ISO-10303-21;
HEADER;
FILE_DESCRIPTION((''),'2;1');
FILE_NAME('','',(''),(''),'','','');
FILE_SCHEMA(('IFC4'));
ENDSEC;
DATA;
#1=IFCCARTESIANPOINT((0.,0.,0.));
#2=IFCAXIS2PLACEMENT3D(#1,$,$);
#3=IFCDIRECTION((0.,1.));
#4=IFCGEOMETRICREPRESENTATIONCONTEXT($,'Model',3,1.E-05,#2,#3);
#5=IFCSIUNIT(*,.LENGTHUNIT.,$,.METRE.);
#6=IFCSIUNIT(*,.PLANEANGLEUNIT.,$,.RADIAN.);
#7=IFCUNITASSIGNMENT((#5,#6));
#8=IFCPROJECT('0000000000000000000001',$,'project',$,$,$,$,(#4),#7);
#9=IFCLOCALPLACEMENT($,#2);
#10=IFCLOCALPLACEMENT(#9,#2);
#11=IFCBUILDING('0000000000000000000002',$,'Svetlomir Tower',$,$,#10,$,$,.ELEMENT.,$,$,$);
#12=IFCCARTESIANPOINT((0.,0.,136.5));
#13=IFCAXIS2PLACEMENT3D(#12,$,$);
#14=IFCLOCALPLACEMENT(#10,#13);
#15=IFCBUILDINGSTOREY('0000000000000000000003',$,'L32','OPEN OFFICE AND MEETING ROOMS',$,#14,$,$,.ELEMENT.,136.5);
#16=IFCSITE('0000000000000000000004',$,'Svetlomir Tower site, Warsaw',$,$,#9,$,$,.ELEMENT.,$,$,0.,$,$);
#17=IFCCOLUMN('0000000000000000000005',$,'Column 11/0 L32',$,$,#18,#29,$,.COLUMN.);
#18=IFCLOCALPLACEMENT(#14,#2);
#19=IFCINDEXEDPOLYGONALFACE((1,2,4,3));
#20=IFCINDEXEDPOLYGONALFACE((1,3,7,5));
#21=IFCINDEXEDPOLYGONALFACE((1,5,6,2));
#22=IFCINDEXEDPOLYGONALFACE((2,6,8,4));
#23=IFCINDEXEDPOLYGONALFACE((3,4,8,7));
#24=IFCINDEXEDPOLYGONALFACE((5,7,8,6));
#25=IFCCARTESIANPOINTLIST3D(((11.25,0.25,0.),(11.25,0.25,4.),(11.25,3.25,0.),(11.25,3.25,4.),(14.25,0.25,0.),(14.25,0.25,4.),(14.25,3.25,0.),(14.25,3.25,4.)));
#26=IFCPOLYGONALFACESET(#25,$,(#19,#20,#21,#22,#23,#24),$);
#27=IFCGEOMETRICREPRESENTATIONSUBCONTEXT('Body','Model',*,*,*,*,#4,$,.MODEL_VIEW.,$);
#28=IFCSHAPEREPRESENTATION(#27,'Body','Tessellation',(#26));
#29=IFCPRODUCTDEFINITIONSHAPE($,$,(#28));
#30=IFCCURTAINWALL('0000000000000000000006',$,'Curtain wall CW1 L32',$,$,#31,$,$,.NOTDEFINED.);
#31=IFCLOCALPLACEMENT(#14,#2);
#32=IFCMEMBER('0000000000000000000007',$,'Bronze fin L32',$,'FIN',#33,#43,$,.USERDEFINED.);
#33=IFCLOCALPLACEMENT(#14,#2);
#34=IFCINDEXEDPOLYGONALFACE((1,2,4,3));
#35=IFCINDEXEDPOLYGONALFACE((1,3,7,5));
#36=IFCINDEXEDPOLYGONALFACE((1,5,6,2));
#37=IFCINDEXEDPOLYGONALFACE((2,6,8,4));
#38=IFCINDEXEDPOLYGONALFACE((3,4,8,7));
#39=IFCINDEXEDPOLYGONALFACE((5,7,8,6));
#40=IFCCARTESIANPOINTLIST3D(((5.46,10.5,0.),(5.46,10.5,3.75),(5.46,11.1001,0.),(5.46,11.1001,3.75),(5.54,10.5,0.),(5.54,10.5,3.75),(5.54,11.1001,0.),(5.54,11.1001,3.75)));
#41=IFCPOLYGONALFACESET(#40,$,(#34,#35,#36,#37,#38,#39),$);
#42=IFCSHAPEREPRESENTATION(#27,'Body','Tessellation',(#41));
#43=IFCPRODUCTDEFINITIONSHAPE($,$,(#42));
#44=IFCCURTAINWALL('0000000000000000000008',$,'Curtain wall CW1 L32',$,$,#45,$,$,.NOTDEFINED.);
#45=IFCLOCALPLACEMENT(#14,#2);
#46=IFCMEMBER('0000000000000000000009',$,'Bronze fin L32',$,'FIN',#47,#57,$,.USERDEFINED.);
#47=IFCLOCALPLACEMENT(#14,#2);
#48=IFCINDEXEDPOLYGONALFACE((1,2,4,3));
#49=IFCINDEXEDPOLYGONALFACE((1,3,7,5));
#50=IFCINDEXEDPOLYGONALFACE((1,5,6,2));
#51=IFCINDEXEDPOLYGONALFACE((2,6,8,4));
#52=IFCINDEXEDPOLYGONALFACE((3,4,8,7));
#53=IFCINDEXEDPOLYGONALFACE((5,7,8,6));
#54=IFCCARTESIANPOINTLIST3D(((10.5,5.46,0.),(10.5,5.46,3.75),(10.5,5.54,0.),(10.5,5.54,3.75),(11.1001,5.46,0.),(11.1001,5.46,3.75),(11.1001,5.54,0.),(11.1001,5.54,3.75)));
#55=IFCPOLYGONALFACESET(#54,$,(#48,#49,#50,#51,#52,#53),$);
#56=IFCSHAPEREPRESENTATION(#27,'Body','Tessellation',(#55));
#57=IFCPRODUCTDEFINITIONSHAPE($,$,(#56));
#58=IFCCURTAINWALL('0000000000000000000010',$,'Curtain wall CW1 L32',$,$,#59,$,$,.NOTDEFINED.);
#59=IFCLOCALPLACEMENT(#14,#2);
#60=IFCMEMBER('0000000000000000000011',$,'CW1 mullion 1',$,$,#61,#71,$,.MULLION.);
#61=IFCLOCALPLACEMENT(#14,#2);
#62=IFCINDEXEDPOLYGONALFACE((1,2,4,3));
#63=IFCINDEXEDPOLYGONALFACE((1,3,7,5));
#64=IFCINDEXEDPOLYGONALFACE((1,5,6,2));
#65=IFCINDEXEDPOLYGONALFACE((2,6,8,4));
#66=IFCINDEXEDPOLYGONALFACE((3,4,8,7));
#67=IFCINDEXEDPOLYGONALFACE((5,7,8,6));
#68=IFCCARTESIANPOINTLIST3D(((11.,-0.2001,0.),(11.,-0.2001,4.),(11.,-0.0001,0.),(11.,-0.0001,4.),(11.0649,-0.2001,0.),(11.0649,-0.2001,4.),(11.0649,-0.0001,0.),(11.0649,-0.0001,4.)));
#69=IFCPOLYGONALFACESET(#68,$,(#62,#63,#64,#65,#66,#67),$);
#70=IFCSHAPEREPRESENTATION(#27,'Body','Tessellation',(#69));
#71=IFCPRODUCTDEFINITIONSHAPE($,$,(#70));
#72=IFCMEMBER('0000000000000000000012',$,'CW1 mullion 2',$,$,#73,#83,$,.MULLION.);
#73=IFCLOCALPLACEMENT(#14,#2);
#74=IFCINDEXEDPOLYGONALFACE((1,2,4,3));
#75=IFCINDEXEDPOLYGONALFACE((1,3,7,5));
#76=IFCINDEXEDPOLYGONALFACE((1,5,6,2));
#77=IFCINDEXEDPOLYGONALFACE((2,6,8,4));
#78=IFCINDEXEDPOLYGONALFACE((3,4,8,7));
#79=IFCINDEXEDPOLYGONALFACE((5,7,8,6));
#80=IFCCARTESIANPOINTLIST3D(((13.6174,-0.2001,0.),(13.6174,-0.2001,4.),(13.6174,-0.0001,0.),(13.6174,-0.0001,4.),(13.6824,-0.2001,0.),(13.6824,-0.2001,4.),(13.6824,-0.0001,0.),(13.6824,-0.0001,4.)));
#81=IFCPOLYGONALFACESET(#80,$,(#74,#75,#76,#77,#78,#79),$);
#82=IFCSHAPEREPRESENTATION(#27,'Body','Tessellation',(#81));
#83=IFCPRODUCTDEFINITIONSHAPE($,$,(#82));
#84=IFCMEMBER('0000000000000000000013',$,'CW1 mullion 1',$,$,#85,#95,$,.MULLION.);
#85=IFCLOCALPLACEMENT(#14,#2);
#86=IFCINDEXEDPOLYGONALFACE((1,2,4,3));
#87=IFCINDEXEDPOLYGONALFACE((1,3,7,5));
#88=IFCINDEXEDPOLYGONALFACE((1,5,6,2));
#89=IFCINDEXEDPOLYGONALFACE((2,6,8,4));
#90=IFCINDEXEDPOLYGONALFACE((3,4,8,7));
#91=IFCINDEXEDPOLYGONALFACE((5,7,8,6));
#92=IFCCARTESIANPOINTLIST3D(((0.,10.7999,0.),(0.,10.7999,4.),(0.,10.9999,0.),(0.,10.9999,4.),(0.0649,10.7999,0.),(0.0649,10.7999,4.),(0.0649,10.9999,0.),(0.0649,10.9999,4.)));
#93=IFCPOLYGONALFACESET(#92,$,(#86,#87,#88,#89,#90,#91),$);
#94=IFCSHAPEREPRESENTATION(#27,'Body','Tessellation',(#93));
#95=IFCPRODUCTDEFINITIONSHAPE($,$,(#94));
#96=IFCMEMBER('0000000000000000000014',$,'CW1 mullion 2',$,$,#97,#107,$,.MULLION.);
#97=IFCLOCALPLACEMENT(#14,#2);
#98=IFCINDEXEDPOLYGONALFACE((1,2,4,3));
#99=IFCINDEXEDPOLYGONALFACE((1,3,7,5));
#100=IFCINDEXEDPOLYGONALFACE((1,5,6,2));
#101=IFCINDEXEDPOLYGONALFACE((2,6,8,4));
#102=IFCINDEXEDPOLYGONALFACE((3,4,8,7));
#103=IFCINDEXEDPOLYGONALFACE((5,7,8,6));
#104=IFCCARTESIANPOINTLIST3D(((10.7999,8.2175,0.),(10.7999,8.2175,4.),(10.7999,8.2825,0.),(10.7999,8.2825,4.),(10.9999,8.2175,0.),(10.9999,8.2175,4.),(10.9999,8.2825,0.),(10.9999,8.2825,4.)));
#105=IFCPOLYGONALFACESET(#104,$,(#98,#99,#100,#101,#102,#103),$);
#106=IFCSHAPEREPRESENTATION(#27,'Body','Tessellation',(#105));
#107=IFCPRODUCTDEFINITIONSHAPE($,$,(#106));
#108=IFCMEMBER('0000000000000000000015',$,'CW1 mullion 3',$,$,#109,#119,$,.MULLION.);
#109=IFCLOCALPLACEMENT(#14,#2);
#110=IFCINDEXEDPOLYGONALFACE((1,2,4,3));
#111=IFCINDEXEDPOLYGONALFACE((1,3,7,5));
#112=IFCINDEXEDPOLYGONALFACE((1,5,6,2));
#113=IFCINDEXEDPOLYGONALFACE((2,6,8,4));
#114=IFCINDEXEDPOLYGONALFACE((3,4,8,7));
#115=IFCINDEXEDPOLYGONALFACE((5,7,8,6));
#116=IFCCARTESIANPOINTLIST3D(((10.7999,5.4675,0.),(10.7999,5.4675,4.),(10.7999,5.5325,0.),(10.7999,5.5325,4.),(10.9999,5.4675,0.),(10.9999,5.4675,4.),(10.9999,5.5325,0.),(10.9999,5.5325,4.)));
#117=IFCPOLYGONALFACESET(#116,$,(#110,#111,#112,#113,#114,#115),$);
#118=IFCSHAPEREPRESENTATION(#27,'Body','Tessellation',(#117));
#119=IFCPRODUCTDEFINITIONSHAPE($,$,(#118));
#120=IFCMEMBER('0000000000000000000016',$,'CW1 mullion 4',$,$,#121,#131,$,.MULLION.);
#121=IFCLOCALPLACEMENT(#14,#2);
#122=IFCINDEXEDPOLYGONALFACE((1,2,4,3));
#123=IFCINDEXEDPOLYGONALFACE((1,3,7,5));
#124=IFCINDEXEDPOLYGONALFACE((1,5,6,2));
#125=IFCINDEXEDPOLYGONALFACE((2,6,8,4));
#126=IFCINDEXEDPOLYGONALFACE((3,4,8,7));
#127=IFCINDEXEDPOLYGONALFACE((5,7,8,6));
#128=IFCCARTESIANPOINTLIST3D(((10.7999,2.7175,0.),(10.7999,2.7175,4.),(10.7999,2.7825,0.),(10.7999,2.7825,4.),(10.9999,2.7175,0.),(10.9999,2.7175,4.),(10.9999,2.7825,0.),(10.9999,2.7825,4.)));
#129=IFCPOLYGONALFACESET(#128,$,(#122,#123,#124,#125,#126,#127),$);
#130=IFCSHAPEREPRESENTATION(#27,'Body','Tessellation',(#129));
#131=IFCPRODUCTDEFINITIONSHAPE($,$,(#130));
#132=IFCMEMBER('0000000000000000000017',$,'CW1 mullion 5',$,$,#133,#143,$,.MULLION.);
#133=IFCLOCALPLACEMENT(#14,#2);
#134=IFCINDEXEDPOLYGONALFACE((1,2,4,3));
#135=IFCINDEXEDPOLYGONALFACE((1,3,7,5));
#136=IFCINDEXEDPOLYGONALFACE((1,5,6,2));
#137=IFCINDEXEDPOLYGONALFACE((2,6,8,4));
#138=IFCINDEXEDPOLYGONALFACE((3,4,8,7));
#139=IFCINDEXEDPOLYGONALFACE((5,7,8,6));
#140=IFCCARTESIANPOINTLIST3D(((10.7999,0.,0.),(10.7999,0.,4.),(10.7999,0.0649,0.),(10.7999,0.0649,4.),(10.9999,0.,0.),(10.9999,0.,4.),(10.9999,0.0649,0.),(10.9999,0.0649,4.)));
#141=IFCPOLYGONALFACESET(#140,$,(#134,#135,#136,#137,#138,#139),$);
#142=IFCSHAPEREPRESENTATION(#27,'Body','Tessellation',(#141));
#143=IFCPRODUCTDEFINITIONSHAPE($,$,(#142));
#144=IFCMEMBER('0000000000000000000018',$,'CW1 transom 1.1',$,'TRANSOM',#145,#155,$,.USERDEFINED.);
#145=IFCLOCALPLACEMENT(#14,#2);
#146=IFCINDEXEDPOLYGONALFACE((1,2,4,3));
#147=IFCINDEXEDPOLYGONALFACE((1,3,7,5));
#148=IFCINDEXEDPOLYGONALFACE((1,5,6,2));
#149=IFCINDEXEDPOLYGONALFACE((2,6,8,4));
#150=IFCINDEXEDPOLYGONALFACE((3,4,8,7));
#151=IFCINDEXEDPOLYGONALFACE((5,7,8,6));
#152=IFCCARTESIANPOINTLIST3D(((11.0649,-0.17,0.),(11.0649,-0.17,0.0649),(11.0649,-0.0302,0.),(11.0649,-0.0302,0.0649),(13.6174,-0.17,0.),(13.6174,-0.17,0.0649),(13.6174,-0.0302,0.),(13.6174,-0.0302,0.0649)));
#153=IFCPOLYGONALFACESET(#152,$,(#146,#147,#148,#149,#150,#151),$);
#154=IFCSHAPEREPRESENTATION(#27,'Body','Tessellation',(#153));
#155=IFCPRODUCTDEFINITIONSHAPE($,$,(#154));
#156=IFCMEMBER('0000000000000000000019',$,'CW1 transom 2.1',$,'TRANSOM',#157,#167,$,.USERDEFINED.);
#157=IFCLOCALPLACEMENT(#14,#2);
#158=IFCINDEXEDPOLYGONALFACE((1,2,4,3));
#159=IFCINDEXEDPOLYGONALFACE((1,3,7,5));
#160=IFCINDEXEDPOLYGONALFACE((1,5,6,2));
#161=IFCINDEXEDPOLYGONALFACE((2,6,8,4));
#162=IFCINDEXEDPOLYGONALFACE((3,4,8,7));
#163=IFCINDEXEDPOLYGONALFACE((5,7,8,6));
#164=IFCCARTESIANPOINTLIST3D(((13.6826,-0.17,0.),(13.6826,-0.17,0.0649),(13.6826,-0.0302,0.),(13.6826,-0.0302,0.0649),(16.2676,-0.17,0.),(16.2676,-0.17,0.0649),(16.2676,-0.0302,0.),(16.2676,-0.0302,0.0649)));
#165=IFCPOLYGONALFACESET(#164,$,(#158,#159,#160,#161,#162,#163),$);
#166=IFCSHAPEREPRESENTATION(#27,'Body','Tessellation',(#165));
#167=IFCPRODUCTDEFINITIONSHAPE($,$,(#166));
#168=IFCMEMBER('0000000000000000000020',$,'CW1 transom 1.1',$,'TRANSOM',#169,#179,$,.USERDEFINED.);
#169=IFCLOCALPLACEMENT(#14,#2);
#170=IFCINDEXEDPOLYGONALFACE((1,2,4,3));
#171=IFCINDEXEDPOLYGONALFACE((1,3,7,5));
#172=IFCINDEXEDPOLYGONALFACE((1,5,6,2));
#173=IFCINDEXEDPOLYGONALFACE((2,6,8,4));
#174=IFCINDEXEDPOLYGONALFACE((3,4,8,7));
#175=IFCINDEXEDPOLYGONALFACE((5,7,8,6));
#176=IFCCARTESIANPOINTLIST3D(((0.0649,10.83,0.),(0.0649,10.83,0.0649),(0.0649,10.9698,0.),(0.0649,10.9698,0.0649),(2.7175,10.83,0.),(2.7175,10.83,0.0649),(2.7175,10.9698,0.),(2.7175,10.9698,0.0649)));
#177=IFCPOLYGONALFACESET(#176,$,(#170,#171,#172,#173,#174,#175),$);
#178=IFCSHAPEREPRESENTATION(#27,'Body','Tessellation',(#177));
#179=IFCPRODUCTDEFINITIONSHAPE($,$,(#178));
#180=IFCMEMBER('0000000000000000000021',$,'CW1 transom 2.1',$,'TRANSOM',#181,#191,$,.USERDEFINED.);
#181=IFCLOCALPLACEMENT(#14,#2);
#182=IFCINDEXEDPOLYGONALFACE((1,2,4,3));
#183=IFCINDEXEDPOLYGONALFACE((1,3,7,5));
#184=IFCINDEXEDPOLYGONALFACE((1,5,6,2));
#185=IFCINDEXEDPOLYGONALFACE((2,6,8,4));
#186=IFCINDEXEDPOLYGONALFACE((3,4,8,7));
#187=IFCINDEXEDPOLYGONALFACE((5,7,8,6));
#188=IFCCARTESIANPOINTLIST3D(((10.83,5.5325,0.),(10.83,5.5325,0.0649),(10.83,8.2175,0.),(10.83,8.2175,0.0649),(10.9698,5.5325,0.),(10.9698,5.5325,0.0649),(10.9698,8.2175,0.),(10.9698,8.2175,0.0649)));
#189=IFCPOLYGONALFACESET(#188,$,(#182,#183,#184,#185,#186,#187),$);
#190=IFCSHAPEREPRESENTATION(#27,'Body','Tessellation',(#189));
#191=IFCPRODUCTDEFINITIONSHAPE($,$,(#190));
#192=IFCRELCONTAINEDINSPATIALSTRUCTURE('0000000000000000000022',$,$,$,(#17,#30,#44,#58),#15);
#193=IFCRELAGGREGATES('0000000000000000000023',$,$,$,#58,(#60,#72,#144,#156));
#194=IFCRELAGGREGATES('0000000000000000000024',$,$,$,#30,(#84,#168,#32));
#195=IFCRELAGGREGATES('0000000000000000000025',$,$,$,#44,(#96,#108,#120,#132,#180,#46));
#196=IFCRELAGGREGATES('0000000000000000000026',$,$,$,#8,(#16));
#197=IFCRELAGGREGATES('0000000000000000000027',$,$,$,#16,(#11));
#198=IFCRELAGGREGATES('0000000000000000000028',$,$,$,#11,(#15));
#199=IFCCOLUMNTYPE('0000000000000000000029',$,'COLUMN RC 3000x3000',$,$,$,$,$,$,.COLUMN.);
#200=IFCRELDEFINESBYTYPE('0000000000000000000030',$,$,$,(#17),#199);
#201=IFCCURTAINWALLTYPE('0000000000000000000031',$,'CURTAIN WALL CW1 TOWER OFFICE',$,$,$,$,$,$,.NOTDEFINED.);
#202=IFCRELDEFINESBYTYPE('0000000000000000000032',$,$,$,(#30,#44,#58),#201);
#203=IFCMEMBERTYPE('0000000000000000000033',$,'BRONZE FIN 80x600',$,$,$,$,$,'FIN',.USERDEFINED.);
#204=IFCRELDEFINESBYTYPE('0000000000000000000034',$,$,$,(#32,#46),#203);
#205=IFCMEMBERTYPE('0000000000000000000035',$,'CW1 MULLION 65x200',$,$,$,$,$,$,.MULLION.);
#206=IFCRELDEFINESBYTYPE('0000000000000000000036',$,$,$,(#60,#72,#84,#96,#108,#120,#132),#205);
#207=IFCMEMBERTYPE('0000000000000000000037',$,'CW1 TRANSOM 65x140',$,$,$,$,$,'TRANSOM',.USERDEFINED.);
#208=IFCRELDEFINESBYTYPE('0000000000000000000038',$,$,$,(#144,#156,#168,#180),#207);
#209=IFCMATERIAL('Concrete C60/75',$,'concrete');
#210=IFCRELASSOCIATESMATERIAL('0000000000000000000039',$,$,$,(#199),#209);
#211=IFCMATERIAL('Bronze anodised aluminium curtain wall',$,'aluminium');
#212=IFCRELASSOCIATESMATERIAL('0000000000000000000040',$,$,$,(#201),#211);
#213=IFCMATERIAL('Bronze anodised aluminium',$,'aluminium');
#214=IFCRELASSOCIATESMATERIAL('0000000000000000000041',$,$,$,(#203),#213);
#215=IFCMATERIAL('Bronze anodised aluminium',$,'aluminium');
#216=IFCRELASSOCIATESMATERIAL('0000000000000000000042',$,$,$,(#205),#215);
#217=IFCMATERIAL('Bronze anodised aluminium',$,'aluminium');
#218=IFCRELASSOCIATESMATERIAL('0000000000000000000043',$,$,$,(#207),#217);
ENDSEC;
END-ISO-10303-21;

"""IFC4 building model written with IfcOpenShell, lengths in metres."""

from ifc_helpers import new_model, si_unit, direction, frame, origin, origin_2d, place, context, subcontext, project, spatial, rectangle, extrude, material, material_profile, profile_set, type_object, element, aggregate, save


model = new_model("IFC4")

# Units and contexts
model_context = context("Model", 3, precision=1e-05, world=origin(), true_north=direction((0.0, 1.0)))
body_context = subcontext(model_context, "Body", "Model", "MODEL_VIEW")
ifc_project = project(units=[si_unit("LENGTHUNIT", "METRE"), si_unit("PLANEANGLEUNIT", "RADIAN")], contexts=[model_context])

# Site, building, storey
site_placement = place(None, origin())
site = spatial("IfcSite", under=ifc_project, at=site_placement, Name="Svetlomir Tower site, Warsaw", CompositionType="ELEMENT", RefElevation=0.0)
building_placement = place(site_placement, origin())
building = spatial("IfcBuilding", under=site, at=building_placement, Name="Svetlomir Tower", CompositionType="ELEMENT")
storey_placement = place(building_placement, frame((0.0, 0.0, 136.5)))
storey = spatial("IfcBuildingStorey", under=building, at=storey_placement, Name="L32", Description="OPEN OFFICE AND MEETING ROOMS", CompositionType="ELEMENT", Elevation=136.5)

# Column
ifc_material_1 = material(Name="Concrete C60/75", Category="concrete")
ifc_material_profile_1 = material_profile(ifc_material_1, rectangle(XDim=3.0, YDim=3.0, at=origin_2d()), Name="RC 3000x3000")
ifc_profile_set_1 = profile_set([ifc_material_profile_1], Name="Concrete C60/75")
column_type = type_object("IfcColumnType", Name="COLUMN RC 3000x3000", PredefinedType="COLUMN", material=ifc_profile_set_1)
column_placement = place(storey_placement, frame((12.75, 1.75, 0.0), z_axis=(0.0, 0.0, 1.0), x_axis=(1.0, 0.0, 0.0)))
element("IfcColumn", 1, at=column_placement, inside=storey, type_object=column_type, Name="Column 11/0 L32", PredefinedType="COLUMN", context=body_context, shape_type="SweptSolid", body=[
    extrude(rectangle(XDim=3.0, YDim=3.0, at=origin_2d()), origin(), (0.0, 0.0, 1.0), 4.0),
])

# Curtain walls, members
ifc_material_2 = material(Name="Bronze anodised aluminium curtain wall", Category="aluminium")
curtain_wall_type = type_object("IfcCurtainWallType", Name="CURTAIN WALL CW1 TOWER OFFICE", PredefinedType="NOTDEFINED", material=ifc_material_2)
curtain_wall_1_placement = place(storey_placement, origin())
curtain_wall_1 = element("IfcCurtainWall", 2, at=curtain_wall_1_placement, inside=storey, type_object=curtain_wall_type, Name="Curtain wall CW1 L32", PredefinedType="NOTDEFINED")
ifc_material_3 = material(Name="Bronze anodised aluminium", Category="aluminium")
ifc_material_profile_2 = material_profile(ifc_material_3, rectangle(XDim=0.0801, YDim=0.6001, at=origin_2d()), Name="FIN 80x600")
ifc_profile_set_2 = profile_set([ifc_material_profile_2], Name="Bronze anodised aluminium 6063-T6")
member_type_1 = type_object("IfcMemberType", Name="BRONZE FIN 80x600", ElementType="FIN", PredefinedType="USERDEFINED", material=ifc_profile_set_2)
member_1_placement = place(storey_placement, frame((5.5, 10.8, 0.0), z_axis=(0.0, 0.0, 1.0), x_axis=(1.0, 0.0, 0.0)))
member_1 = element("IfcMember", 3, at=member_1_placement, type_object=member_type_1, Name="Bronze fin L32", ObjectType="FIN", PredefinedType="USERDEFINED", context=body_context, shape_type="SweptSolid", body=[
    extrude(rectangle(XDim=0.0801, YDim=0.6001, at=origin_2d()), origin(), (0.0, 0.0, 1.0), 3.75),
])
curtain_wall_2_placement = place(storey_placement, origin())
curtain_wall_2 = element("IfcCurtainWall", 4, at=curtain_wall_2_placement, inside=storey, type_object=curtain_wall_type, Name="Curtain wall CW1 L32", PredefinedType="NOTDEFINED")
member_2_placement = place(storey_placement, frame((10.8, 5.5, 0.0), z_axis=(0.0, 0.0, 1.0), x_axis=(0.0, 1.0, 0.0)))
member_2 = element("IfcMember", 5, at=member_2_placement, type_object=member_type_1, Name="Bronze fin L32", ObjectType="FIN", PredefinedType="USERDEFINED", context=body_context, shape_type="SweptSolid", body=[
    extrude(rectangle(XDim=0.0801, YDim=0.6001, at=origin_2d()), origin(), (0.0, 0.0, 1.0), 3.75),
])

# Curtain wall, members
curtain_wall_3_placement = place(storey_placement, origin())
curtain_wall_3 = element("IfcCurtainWall", 6, at=curtain_wall_3_placement, inside=storey, type_object=curtain_wall_type, Name="Curtain wall CW1 L32", PredefinedType="NOTDEFINED")
ifc_material_4 = material(Name="Bronze anodised aluminium", Category="aluminium")
ifc_material_profile_3 = material_profile(ifc_material_4, rectangle(XDim=0.0649, YDim=0.2, at=origin_2d()), Name="AL 65x200")
ifc_profile_set_3 = profile_set([ifc_material_profile_3], Name="Bronze anodised aluminium 6063-T6")
member_type_2 = type_object("IfcMemberType", Name="CW1 MULLION 65x200", PredefinedType="MULLION", material=ifc_profile_set_3)
member_3_placement = place(storey_placement, frame((11.0325, -0.1001, 0.0), z_axis=(0.0, 0.0, 1.0), x_axis=(1.0, 0.0, 0.0)))
member_3 = element("IfcMember", 7, at=member_3_placement, type_object=member_type_2, Name="CW1 mullion 1", PredefinedType="MULLION", context=body_context, shape_type="SweptSolid", body=[
    extrude(rectangle(XDim=0.0649, YDim=0.2, at=origin_2d()), origin(), (0.0, 0.0, 1.0), 4.0),
])
member_4_placement = place(storey_placement, frame((13.6499, -0.1001, 0.0), z_axis=(0.0, 0.0, 1.0), x_axis=(1.0, 0.0, 0.0)))
member_4 = element("IfcMember", 8, at=member_4_placement, type_object=member_type_2, Name="CW1 mullion 2", PredefinedType="MULLION", context=body_context, shape_type="SweptSolid", body=[
    extrude(rectangle(XDim=0.0649, YDim=0.2, at=origin_2d()), origin(), (0.0, 0.0, 1.0), 4.0),
])

# Members
member_5_placement = place(storey_placement, frame((0.0325, 10.8999, 0.0), z_axis=(0.0, 0.0, 1.0), x_axis=(1.0, 0.0, 0.0)))
member_5 = element("IfcMember", 9, at=member_5_placement, type_object=member_type_2, Name="CW1 mullion 1", PredefinedType="MULLION", context=body_context, shape_type="SweptSolid", body=[
    extrude(rectangle(XDim=0.0649, YDim=0.2, at=origin_2d()), origin(), (0.0, 0.0, 1.0), 4.0),
])
member_6_placement = place(storey_placement, frame((10.8999, 8.25, 0.0), z_axis=(0.0, 0.0, 1.0), x_axis=(0.0, -1.0, 0.0)))
member_6 = element("IfcMember", 10, at=member_6_placement, type_object=member_type_2, Name="CW1 mullion 2", PredefinedType="MULLION", context=body_context, shape_type="SweptSolid", body=[
    extrude(rectangle(XDim=0.0649, YDim=0.2, at=origin_2d()), origin(), (0.0, 0.0, 1.0), 4.0),
])
member_7_placement = place(storey_placement, frame((10.8999, 5.5, 0.0), z_axis=(0.0, 0.0, 1.0), x_axis=(0.0, -1.0, 0.0)))
member_7 = element("IfcMember", 11, at=member_7_placement, type_object=member_type_2, Name="CW1 mullion 3", PredefinedType="MULLION", context=body_context, shape_type="SweptSolid", body=[
    extrude(rectangle(XDim=0.0649, YDim=0.2, at=origin_2d()), origin(), (0.0, 0.0, 1.0), 4.0),
])
member_8_placement = place(storey_placement, frame((10.8999, 2.75, 0.0), z_axis=(0.0, 0.0, 1.0), x_axis=(0.0, -1.0, 0.0)))
member_8 = element("IfcMember", 12, at=member_8_placement, type_object=member_type_2, Name="CW1 mullion 4", PredefinedType="MULLION", context=body_context, shape_type="SweptSolid", body=[
    extrude(rectangle(XDim=0.0649, YDim=0.2, at=origin_2d()), origin(), (0.0, 0.0, 1.0), 4.0),
])
member_9_placement = place(storey_placement, frame((10.8999, 0.0325, 0.0), z_axis=(0.0, 0.0, 1.0), x_axis=(0.0, -1.0, 0.0)))
member_9 = element("IfcMember", 13, at=member_9_placement, type_object=member_type_2, Name="CW1 mullion 5", PredefinedType="MULLION", context=body_context, shape_type="SweptSolid", body=[
    extrude(rectangle(XDim=0.0649, YDim=0.2, at=origin_2d()), origin(), (0.0, 0.0, 1.0), 4.0),
])
ifc_material_5 = material(Name="Bronze anodised aluminium", Category="aluminium")
ifc_material_profile_4 = material_profile(ifc_material_5, rectangle(XDim=0.1399, YDim=0.0649, at=origin_2d()), Name="AL 140x65")
ifc_profile_set_4 = profile_set([ifc_material_profile_4], Name="Bronze anodised aluminium 6063-T6")
member_type_3 = type_object("IfcMemberType", Name="CW1 TRANSOM 65x140", ElementType="TRANSOM", PredefinedType="USERDEFINED", material=ifc_profile_set_4)
member_10_placement = place(storey_placement, frame((11.0649, -0.1001, 0.0325), z_axis=(1.0, 0.0, 0.0), x_axis=(0.0, 1.0, 0.0)))
member_10 = element("IfcMember", 14, at=member_10_placement, type_object=member_type_3, Name="CW1 transom 1.1", ObjectType="TRANSOM", PredefinedType="USERDEFINED", context=body_context, shape_type="SweptSolid", body=[
    extrude(rectangle(XDim=0.1399, YDim=0.0649, at=origin_2d()), origin(), (0.0, 0.0, 1.0), 2.5525),
])
member_11_placement = place(storey_placement, frame((13.6826, -0.1001, 0.0325), z_axis=(1.0, 0.0, 0.0), x_axis=(0.0, 1.0, 0.0)))
member_11 = element("IfcMember", 15, at=member_11_placement, type_object=member_type_3, Name="CW1 transom 2.1", ObjectType="TRANSOM", PredefinedType="USERDEFINED", context=body_context, shape_type="SweptSolid", body=[
    extrude(rectangle(XDim=0.1399, YDim=0.0649, at=origin_2d()), origin(), (0.0, 0.0, 1.0), 2.585),
])
member_12_placement = place(storey_placement, frame((0.0649, 10.8999, 0.0325), z_axis=(1.0, 0.0, 0.0), x_axis=(0.0, 1.0, 0.0)))
member_12 = element("IfcMember", 16, at=member_12_placement, type_object=member_type_3, Name="CW1 transom 1.1", ObjectType="TRANSOM", PredefinedType="USERDEFINED", context=body_context, shape_type="SweptSolid", body=[
    extrude(rectangle(XDim=0.1399, YDim=0.0649, at=origin_2d()), origin(), (0.0, 0.0, 1.0), 2.6526),
])
member_13_placement = place(storey_placement, frame((10.8999, 8.2175, 0.0325), z_axis=(0.0, -1.0, 0.0), x_axis=(1.0, 0.0, 0.0)))
member_13 = element("IfcMember", 17, at=member_13_placement, type_object=member_type_3, Name="CW1 transom 2.1", ObjectType="TRANSOM", PredefinedType="USERDEFINED", context=body_context, shape_type="SweptSolid", body=[
    extrude(rectangle(XDim=0.1399, YDim=0.0649, at=origin_2d()), origin(), (0.0, 0.0, 1.0), 2.6851),
])

aggregate(curtain_wall_3, [member_3, member_4, member_10, member_11])
aggregate(curtain_wall_1, [member_5, member_12, member_1])
aggregate(curtain_wall_2, [member_6, member_7, member_8, member_9, member_13, member_2])

save(model, "model.ifc")
